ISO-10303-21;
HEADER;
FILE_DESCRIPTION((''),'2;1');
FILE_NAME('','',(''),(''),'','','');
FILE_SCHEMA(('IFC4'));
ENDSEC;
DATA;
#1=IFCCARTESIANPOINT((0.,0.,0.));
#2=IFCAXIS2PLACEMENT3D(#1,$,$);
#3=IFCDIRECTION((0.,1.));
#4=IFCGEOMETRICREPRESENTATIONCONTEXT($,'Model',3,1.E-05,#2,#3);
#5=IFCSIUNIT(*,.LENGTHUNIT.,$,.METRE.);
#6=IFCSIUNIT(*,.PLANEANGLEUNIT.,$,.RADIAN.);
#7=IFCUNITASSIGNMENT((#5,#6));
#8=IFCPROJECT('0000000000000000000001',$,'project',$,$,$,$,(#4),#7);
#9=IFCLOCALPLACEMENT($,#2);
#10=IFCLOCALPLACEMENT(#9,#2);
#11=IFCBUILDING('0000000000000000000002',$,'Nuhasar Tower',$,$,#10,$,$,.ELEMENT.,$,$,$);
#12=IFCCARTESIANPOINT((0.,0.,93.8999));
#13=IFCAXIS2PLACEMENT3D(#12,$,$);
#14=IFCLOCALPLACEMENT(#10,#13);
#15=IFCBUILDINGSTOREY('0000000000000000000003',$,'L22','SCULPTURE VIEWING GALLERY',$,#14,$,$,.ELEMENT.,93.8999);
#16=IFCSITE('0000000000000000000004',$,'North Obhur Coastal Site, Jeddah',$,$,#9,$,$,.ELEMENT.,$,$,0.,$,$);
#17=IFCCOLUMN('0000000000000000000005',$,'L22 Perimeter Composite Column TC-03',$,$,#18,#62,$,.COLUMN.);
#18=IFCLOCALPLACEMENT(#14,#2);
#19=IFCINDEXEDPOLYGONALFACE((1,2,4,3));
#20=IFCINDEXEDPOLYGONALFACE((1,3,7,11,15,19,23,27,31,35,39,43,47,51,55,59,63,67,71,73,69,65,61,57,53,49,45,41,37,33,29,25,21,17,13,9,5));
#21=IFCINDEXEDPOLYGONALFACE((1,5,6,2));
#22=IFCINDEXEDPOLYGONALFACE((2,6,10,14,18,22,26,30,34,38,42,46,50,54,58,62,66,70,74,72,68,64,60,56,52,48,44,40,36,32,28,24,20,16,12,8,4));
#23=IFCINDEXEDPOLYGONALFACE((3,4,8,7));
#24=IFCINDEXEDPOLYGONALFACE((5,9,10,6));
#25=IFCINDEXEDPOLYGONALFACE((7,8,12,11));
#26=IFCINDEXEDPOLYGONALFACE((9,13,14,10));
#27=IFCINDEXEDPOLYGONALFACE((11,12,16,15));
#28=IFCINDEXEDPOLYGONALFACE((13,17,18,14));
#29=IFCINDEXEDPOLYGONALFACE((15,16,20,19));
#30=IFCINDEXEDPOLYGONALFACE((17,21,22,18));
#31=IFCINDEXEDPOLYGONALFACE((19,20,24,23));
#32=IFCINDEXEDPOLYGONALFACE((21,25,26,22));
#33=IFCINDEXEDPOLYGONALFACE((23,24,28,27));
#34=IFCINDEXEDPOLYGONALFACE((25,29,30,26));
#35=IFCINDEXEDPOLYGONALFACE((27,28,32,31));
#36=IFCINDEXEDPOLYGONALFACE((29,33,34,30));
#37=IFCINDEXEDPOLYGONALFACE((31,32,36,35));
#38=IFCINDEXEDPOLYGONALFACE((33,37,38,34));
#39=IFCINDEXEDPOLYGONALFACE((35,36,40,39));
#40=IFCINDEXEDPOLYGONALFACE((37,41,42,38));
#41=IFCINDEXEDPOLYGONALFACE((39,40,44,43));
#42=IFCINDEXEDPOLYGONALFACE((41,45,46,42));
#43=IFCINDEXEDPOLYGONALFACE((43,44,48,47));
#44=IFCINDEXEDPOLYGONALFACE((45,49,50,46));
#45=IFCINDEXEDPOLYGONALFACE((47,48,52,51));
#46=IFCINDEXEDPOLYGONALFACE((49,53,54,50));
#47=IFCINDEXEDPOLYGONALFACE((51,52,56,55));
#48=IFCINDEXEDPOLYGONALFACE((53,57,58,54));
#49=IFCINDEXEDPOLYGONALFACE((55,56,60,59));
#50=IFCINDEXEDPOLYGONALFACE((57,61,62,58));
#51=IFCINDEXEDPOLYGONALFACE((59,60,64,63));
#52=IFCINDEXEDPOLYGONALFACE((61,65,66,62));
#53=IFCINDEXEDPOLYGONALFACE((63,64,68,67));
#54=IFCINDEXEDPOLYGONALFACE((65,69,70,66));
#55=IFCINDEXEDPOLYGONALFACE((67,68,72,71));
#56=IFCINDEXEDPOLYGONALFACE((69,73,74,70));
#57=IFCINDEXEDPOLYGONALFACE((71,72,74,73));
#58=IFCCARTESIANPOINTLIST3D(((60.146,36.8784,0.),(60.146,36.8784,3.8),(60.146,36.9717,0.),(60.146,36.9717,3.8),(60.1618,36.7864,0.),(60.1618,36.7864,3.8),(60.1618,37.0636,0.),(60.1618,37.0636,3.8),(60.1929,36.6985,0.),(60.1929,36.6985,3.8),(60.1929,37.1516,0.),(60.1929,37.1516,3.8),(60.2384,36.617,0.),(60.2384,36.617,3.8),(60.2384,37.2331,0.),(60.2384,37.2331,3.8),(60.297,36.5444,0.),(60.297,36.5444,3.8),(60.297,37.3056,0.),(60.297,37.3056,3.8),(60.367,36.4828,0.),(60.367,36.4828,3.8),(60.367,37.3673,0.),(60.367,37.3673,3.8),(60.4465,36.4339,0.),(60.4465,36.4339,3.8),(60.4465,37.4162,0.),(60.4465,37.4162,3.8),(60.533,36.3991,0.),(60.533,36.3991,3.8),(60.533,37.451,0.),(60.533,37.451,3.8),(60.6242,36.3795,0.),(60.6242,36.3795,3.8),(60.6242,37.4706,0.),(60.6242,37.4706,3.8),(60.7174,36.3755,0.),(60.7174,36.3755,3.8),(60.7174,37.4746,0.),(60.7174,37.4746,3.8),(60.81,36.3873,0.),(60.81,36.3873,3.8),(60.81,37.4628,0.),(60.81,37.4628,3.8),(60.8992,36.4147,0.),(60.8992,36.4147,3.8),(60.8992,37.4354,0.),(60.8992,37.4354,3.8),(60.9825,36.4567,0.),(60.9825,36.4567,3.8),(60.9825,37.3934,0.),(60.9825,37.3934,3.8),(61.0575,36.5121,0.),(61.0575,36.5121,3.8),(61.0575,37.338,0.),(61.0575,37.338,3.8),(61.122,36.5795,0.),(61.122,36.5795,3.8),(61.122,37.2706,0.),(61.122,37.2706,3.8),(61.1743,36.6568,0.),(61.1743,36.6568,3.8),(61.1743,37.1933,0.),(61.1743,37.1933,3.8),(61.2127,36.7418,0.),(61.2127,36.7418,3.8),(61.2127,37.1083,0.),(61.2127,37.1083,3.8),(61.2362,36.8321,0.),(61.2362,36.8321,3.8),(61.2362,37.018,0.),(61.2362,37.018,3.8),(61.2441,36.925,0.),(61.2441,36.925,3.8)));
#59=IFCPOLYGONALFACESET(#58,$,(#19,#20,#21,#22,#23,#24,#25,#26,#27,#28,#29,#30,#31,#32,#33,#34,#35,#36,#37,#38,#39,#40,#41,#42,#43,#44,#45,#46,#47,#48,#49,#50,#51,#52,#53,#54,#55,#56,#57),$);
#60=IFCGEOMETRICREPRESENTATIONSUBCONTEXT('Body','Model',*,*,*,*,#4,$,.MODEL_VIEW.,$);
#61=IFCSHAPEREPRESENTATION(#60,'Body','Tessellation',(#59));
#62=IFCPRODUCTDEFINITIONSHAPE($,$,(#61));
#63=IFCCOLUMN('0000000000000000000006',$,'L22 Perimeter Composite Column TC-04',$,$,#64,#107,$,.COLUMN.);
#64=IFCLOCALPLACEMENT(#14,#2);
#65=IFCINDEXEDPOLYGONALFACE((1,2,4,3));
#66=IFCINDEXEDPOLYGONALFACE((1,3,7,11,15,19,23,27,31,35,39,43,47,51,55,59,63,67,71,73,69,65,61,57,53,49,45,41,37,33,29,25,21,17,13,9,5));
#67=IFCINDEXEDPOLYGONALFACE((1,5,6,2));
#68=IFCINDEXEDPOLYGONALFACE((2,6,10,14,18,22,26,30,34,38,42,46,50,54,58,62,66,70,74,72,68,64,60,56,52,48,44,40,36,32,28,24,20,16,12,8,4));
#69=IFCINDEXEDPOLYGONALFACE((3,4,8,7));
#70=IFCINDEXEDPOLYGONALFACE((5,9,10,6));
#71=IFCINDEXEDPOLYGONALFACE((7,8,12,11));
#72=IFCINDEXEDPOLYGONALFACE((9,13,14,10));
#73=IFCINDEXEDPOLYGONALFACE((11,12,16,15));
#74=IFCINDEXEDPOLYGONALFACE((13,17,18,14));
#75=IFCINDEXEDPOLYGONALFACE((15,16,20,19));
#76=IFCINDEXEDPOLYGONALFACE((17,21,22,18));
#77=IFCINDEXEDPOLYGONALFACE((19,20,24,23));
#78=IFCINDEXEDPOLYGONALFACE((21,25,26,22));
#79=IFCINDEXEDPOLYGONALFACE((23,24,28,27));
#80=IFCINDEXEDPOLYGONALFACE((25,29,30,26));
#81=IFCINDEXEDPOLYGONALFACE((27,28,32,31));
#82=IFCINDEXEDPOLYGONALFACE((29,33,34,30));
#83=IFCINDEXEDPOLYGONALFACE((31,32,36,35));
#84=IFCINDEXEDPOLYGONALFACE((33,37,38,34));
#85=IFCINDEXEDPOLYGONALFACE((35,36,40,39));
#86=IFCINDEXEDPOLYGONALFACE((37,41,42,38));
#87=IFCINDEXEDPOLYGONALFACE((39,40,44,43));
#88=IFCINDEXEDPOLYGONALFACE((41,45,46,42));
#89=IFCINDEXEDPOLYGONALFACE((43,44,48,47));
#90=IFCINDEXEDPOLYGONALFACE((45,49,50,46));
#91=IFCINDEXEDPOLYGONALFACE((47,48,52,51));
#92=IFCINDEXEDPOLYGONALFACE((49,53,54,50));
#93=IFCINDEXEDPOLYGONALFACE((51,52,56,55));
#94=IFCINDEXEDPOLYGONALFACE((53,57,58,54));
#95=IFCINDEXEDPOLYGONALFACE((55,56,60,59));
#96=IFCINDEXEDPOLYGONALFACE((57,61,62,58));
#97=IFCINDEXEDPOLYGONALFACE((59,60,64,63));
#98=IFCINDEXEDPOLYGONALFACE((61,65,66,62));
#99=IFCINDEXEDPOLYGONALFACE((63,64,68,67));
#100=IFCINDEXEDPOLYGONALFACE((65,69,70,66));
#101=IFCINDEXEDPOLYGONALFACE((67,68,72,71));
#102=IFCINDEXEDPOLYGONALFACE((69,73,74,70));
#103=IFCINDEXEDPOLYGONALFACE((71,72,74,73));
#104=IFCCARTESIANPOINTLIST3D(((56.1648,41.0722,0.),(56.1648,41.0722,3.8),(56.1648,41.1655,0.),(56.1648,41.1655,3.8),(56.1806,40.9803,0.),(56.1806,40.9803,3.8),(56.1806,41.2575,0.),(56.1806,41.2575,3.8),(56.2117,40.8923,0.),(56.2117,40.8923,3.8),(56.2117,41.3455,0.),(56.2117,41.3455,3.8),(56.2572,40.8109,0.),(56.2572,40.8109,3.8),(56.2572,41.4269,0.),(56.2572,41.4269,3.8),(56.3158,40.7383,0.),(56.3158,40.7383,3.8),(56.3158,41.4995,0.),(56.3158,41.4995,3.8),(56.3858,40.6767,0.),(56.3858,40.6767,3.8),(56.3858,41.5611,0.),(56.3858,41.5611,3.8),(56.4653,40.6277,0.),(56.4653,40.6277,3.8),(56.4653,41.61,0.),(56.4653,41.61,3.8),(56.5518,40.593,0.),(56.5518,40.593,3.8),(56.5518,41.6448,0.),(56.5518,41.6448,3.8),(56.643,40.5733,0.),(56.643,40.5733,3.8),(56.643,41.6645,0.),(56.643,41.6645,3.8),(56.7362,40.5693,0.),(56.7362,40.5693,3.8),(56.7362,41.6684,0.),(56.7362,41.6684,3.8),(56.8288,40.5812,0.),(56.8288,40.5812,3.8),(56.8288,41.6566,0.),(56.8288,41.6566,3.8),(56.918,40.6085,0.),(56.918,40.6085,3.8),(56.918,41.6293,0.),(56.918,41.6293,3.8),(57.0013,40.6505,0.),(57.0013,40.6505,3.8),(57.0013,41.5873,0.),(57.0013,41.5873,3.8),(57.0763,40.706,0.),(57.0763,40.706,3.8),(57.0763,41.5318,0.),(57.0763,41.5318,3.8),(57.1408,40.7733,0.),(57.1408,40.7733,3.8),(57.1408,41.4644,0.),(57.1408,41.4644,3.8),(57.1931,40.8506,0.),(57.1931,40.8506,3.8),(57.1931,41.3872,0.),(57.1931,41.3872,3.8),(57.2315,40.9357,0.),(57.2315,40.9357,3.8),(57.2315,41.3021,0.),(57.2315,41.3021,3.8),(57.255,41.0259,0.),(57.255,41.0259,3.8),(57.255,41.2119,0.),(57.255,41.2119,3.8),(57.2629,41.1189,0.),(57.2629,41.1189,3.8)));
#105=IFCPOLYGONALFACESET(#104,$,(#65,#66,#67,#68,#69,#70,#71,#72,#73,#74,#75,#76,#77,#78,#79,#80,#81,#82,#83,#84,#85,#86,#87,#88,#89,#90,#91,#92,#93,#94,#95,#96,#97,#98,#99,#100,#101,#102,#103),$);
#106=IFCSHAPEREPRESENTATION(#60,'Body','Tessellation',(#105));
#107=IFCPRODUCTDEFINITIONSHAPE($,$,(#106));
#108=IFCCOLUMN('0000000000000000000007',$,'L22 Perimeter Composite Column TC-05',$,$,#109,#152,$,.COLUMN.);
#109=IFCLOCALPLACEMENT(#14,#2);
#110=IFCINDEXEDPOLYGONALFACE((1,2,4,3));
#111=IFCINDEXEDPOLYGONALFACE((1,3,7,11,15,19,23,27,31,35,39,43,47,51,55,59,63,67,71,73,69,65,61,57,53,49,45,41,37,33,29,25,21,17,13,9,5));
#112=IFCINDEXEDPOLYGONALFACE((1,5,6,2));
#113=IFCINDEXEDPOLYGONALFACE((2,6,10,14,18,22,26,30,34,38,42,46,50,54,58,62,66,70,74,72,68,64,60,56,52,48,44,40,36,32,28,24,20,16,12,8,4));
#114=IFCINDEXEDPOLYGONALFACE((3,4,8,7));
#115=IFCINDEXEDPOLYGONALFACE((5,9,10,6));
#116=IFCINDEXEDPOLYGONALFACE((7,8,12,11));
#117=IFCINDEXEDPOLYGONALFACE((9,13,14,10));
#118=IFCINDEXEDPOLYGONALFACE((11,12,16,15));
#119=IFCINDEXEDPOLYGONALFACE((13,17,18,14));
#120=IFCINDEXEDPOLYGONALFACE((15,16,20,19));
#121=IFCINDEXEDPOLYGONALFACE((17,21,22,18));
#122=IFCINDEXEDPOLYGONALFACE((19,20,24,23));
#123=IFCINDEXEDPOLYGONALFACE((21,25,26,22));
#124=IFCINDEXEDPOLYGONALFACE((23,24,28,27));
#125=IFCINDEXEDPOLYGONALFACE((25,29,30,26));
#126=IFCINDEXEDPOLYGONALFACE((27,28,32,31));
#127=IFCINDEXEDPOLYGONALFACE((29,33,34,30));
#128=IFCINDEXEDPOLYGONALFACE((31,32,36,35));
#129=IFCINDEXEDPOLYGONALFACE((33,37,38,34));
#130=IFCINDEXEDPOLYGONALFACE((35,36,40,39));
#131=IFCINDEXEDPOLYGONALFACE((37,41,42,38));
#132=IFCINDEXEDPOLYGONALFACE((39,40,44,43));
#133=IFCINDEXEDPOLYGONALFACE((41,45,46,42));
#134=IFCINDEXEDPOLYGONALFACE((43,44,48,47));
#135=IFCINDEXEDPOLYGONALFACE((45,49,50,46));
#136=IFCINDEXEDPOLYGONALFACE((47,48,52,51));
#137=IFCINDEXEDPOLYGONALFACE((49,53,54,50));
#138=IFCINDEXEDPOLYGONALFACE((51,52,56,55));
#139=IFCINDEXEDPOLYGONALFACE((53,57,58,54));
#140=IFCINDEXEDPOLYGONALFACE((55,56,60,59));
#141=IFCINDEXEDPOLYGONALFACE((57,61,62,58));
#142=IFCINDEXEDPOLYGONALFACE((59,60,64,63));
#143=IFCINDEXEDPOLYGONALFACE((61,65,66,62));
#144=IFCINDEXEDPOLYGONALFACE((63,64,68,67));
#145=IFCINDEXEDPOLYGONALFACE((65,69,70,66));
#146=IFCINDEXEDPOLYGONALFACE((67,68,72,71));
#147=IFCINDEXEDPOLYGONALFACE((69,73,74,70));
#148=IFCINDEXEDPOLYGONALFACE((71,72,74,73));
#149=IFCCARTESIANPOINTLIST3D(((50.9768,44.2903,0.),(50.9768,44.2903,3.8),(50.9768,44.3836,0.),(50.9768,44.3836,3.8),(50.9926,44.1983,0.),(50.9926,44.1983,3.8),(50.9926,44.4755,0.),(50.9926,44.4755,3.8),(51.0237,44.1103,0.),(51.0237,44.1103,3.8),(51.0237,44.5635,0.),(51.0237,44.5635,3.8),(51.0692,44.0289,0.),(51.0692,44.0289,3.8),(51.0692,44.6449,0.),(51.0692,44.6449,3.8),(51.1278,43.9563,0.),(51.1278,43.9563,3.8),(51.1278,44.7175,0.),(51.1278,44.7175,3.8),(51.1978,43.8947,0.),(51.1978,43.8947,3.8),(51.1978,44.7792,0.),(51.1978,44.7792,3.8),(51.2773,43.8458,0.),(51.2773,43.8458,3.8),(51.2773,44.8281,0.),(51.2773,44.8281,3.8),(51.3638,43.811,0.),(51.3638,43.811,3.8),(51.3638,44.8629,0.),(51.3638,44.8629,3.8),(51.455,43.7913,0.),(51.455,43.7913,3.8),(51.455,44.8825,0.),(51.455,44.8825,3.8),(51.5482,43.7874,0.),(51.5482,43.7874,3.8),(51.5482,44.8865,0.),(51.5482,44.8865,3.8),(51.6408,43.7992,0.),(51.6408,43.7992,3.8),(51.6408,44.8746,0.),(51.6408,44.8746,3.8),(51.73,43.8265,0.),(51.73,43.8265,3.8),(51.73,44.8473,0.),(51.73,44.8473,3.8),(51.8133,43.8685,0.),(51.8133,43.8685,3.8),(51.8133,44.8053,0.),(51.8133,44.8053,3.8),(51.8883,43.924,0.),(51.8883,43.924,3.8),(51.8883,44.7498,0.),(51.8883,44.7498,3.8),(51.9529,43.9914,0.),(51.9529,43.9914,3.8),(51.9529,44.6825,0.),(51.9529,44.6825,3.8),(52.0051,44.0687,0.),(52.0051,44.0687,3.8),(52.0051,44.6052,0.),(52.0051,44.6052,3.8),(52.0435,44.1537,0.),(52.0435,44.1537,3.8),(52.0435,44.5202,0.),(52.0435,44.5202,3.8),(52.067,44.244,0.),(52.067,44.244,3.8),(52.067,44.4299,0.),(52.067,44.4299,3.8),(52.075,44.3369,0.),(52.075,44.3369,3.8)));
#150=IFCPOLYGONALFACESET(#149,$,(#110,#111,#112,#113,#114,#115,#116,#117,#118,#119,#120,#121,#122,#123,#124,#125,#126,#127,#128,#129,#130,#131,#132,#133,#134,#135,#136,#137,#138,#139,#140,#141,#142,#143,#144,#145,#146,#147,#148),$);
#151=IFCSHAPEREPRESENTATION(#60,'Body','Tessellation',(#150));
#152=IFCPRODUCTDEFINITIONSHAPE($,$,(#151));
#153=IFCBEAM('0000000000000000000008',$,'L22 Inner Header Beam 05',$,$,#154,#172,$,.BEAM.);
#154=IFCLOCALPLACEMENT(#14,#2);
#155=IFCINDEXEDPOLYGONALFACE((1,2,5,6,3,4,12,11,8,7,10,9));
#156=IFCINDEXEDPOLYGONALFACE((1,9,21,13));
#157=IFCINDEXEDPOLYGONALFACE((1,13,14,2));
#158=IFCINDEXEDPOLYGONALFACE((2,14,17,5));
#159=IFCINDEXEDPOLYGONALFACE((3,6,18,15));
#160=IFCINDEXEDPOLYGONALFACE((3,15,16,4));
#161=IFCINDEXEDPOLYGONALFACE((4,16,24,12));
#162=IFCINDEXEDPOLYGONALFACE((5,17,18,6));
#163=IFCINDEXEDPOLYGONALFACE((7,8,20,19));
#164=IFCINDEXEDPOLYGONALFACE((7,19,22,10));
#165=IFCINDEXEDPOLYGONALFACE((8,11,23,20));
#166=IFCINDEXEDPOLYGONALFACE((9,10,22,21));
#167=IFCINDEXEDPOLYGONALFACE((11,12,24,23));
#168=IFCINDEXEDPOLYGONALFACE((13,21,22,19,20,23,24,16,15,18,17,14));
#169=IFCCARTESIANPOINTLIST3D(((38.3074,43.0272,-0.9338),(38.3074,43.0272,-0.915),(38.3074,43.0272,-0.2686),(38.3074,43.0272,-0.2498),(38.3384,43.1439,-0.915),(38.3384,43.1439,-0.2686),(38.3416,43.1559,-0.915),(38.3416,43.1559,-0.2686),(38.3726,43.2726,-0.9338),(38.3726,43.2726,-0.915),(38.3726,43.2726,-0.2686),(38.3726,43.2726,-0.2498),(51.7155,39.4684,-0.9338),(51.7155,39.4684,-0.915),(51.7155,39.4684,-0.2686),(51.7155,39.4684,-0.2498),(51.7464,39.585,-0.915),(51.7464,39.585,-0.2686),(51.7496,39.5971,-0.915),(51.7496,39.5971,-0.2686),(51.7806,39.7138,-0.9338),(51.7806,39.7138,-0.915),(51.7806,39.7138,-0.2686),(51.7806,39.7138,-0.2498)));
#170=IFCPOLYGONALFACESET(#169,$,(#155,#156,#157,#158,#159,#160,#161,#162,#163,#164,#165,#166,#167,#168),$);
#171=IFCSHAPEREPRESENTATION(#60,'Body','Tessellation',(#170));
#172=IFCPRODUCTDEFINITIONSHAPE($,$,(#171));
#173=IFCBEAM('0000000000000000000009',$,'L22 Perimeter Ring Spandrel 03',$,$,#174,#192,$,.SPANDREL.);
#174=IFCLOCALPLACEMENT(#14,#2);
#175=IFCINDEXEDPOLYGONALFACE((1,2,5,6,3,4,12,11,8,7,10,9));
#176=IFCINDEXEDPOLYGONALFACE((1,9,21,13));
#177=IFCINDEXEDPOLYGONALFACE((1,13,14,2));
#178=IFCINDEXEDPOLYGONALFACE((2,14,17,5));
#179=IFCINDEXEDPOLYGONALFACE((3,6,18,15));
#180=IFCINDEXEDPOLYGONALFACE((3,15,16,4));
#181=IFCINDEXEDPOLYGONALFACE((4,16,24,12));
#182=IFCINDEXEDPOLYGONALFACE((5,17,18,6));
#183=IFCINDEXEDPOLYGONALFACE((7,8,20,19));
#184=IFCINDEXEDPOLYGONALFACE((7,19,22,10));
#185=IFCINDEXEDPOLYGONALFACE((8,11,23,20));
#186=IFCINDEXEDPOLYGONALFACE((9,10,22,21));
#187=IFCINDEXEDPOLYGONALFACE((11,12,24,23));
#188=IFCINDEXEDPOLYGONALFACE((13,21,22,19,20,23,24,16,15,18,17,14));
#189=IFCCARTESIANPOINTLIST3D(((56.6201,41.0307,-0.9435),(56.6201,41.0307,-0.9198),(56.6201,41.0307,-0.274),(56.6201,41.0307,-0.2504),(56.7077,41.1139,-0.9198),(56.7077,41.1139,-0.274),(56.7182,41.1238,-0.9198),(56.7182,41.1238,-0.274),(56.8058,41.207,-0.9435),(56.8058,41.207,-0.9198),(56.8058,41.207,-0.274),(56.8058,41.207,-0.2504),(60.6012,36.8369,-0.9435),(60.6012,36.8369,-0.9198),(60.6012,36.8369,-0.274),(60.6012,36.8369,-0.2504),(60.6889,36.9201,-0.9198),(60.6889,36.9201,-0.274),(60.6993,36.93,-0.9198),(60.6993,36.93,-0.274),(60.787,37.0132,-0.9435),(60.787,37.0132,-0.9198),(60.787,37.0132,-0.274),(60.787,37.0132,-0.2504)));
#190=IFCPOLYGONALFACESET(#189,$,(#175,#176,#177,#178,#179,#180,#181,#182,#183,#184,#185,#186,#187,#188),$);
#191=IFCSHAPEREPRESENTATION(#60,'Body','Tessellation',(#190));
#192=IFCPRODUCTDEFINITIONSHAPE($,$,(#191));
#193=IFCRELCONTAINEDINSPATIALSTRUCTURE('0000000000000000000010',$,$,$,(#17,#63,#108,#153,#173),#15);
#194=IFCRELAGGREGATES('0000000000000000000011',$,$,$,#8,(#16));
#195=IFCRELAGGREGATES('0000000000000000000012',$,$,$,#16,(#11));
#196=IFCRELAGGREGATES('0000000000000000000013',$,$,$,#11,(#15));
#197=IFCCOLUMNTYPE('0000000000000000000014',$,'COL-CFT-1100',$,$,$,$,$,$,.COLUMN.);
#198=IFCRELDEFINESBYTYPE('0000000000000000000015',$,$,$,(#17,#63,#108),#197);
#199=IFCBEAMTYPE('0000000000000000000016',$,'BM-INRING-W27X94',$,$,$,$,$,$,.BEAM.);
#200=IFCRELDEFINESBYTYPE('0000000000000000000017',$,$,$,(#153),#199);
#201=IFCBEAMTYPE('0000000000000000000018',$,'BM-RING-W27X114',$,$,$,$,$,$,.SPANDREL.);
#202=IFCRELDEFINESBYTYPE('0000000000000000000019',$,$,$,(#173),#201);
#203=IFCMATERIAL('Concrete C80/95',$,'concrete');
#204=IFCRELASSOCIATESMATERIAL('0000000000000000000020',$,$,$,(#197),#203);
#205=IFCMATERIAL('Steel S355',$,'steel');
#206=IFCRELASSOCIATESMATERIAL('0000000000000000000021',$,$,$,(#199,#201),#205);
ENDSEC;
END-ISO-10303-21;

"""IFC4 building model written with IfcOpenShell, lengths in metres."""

from ifc_helpers import new_model, si_unit, direction, frame, origin, origin_2d, place, context, subcontext, project, spatial, circle, i_section, extrude, material, material_profile, profile_set, type_object, element, save


model = new_model("IFC4")

# Units and contexts
model_context = context("Model", 3, precision=1e-05, world=origin(), true_north=direction((0.0, 1.0)))
body_context = subcontext(model_context, "Body", "Model", "MODEL_VIEW")
ifc_project = project(units=[si_unit("LENGTHUNIT", "METRE"), si_unit("PLANEANGLEUNIT", "RADIAN")], contexts=[model_context])

# Site, building, storey
site_placement = place(None, origin())
site = spatial("IfcSite", under=ifc_project, at=site_placement, Name="North Obhur Coastal Site, Jeddah", CompositionType="ELEMENT", RefElevation=0.0)
building_placement = place(site_placement, origin())
building = spatial("IfcBuilding", under=site, at=building_placement, Name="Nuhasar Tower", CompositionType="ELEMENT")
storey_placement = place(building_placement, frame((0.0, 0.0, 93.8999)))
storey = spatial("IfcBuildingStorey", under=building, at=storey_placement, Name="L22", Description="SCULPTURE VIEWING GALLERY", CompositionType="ELEMENT", Elevation=93.8999)

# Columns
ifc_material_1 = material(Name="Concrete C80/95", Category="concrete")
ifc_material_profile_1 = material_profile(ifc_material_1, circle(Radius=0.55, at=origin_2d()), Name="CFT1100")
ifc_profile_set_1 = profile_set([ifc_material_profile_1], Name="Concrete C80/95")
column_type = type_object("IfcColumnType", Name="COL-CFT-1100", PredefinedType="COLUMN", material=ifc_profile_set_1)
for number, where, z_axis, x_axis, name in (
    (1, (60.6941, 36.925, 0.0), (0.0, 0.0, 1.0), (1.0, 0.0, 0.0), "L22 Perimeter Composite Column TC-03"),
    (2, (56.7129, 41.1189, 0.0), (0.0, 0.0, 1.0), (1.0, 0.0, 0.0), "L22 Perimeter Composite Column TC-04"),
    (3, (51.5249, 44.3369, 0.0), (0.0, 0.0, 1.0), (1.0, 0.0, 0.0), "L22 Perimeter Composite Column TC-05"),
):
    element("IfcColumn", number, at=place(storey_placement, frame(where, z_axis=z_axis, x_axis=x_axis)), inside=storey, type_object=column_type, Name=name, PredefinedType="COLUMN", context=body_context, shape_type="SweptSolid", body=[
        extrude(circle(Radius=0.55, at=origin_2d()), origin(), (0.0, 0.0, 1.0), 3.8),
    ])

# Beams
ifc_material_2 = material(Name="Steel S355", Category="steel")
ifc_material_profile_2 = material_profile(ifc_material_2, i_section(OverallWidth=0.2539, OverallDepth=0.6841, WebThickness=0.0125, FlangeThickness=0.0188, at=origin_2d()), Name="W27X94")
ifc_profile_set_2 = profile_set([ifc_material_profile_2], Name="Steel S355")
beam_type_1 = type_object("IfcBeamType", Name="BM-INRING-W27X94", PredefinedType="BEAM", material=ifc_profile_set_2)
beam_1_placement = place(storey_placement, frame((51.748, 39.5911, -0.5918), z_axis=(-0.966533, 0.256544, 0.0), x_axis=(-0.256544, -0.966533, 0.0)))
element("IfcBeam", 4, at=beam_1_placement, inside=storey, type_object=beam_type_1, Name="L22 Inner Header Beam 05", PredefinedType="BEAM", context=body_context, shape_type="SweptSolid", body=[
    extrude(i_section(OverallWidth=0.2539, OverallDepth=0.6841, WebThickness=0.0125, FlangeThickness=0.0188, at=origin_2d()), origin(), (0.0, 0.0, 1.0), 13.8723),
])
ifc_material_profile_3 = material_profile(ifc_material_2, i_section(OverallWidth=0.2561, OverallDepth=0.6931, WebThickness=0.0144, FlangeThickness=0.0237, at=origin_2d()), Name="W27X114")
ifc_profile_set_3 = profile_set([ifc_material_profile_3], Name="Steel S355")
beam_type_2 = type_object("IfcBeamType", Name="BM-RING-W27X114", PredefinedType="SPANDREL", material=ifc_profile_set_3)
beam_2_placement = place(storey_placement, frame((60.6941, 36.925, -0.5969), z_axis=(-0.688481, 0.725254, 0.0), x_axis=(-0.725254, -0.688481, 0.0)))
element("IfcBeam", 5, at=beam_2_placement, inside=storey, type_object=beam_type_2, Name="L22 Perimeter Ring Spandrel 03", PredefinedType="SPANDREL", context=body_context, shape_type="SweptSolid", body=[
    extrude(i_section(OverallWidth=0.2561, OverallDepth=0.6931, WebThickness=0.0144, FlangeThickness=0.0237, at=origin_2d()), origin(), (0.0, 0.0, 1.0), 5.7825),
])

save(model, "model.ifc")
